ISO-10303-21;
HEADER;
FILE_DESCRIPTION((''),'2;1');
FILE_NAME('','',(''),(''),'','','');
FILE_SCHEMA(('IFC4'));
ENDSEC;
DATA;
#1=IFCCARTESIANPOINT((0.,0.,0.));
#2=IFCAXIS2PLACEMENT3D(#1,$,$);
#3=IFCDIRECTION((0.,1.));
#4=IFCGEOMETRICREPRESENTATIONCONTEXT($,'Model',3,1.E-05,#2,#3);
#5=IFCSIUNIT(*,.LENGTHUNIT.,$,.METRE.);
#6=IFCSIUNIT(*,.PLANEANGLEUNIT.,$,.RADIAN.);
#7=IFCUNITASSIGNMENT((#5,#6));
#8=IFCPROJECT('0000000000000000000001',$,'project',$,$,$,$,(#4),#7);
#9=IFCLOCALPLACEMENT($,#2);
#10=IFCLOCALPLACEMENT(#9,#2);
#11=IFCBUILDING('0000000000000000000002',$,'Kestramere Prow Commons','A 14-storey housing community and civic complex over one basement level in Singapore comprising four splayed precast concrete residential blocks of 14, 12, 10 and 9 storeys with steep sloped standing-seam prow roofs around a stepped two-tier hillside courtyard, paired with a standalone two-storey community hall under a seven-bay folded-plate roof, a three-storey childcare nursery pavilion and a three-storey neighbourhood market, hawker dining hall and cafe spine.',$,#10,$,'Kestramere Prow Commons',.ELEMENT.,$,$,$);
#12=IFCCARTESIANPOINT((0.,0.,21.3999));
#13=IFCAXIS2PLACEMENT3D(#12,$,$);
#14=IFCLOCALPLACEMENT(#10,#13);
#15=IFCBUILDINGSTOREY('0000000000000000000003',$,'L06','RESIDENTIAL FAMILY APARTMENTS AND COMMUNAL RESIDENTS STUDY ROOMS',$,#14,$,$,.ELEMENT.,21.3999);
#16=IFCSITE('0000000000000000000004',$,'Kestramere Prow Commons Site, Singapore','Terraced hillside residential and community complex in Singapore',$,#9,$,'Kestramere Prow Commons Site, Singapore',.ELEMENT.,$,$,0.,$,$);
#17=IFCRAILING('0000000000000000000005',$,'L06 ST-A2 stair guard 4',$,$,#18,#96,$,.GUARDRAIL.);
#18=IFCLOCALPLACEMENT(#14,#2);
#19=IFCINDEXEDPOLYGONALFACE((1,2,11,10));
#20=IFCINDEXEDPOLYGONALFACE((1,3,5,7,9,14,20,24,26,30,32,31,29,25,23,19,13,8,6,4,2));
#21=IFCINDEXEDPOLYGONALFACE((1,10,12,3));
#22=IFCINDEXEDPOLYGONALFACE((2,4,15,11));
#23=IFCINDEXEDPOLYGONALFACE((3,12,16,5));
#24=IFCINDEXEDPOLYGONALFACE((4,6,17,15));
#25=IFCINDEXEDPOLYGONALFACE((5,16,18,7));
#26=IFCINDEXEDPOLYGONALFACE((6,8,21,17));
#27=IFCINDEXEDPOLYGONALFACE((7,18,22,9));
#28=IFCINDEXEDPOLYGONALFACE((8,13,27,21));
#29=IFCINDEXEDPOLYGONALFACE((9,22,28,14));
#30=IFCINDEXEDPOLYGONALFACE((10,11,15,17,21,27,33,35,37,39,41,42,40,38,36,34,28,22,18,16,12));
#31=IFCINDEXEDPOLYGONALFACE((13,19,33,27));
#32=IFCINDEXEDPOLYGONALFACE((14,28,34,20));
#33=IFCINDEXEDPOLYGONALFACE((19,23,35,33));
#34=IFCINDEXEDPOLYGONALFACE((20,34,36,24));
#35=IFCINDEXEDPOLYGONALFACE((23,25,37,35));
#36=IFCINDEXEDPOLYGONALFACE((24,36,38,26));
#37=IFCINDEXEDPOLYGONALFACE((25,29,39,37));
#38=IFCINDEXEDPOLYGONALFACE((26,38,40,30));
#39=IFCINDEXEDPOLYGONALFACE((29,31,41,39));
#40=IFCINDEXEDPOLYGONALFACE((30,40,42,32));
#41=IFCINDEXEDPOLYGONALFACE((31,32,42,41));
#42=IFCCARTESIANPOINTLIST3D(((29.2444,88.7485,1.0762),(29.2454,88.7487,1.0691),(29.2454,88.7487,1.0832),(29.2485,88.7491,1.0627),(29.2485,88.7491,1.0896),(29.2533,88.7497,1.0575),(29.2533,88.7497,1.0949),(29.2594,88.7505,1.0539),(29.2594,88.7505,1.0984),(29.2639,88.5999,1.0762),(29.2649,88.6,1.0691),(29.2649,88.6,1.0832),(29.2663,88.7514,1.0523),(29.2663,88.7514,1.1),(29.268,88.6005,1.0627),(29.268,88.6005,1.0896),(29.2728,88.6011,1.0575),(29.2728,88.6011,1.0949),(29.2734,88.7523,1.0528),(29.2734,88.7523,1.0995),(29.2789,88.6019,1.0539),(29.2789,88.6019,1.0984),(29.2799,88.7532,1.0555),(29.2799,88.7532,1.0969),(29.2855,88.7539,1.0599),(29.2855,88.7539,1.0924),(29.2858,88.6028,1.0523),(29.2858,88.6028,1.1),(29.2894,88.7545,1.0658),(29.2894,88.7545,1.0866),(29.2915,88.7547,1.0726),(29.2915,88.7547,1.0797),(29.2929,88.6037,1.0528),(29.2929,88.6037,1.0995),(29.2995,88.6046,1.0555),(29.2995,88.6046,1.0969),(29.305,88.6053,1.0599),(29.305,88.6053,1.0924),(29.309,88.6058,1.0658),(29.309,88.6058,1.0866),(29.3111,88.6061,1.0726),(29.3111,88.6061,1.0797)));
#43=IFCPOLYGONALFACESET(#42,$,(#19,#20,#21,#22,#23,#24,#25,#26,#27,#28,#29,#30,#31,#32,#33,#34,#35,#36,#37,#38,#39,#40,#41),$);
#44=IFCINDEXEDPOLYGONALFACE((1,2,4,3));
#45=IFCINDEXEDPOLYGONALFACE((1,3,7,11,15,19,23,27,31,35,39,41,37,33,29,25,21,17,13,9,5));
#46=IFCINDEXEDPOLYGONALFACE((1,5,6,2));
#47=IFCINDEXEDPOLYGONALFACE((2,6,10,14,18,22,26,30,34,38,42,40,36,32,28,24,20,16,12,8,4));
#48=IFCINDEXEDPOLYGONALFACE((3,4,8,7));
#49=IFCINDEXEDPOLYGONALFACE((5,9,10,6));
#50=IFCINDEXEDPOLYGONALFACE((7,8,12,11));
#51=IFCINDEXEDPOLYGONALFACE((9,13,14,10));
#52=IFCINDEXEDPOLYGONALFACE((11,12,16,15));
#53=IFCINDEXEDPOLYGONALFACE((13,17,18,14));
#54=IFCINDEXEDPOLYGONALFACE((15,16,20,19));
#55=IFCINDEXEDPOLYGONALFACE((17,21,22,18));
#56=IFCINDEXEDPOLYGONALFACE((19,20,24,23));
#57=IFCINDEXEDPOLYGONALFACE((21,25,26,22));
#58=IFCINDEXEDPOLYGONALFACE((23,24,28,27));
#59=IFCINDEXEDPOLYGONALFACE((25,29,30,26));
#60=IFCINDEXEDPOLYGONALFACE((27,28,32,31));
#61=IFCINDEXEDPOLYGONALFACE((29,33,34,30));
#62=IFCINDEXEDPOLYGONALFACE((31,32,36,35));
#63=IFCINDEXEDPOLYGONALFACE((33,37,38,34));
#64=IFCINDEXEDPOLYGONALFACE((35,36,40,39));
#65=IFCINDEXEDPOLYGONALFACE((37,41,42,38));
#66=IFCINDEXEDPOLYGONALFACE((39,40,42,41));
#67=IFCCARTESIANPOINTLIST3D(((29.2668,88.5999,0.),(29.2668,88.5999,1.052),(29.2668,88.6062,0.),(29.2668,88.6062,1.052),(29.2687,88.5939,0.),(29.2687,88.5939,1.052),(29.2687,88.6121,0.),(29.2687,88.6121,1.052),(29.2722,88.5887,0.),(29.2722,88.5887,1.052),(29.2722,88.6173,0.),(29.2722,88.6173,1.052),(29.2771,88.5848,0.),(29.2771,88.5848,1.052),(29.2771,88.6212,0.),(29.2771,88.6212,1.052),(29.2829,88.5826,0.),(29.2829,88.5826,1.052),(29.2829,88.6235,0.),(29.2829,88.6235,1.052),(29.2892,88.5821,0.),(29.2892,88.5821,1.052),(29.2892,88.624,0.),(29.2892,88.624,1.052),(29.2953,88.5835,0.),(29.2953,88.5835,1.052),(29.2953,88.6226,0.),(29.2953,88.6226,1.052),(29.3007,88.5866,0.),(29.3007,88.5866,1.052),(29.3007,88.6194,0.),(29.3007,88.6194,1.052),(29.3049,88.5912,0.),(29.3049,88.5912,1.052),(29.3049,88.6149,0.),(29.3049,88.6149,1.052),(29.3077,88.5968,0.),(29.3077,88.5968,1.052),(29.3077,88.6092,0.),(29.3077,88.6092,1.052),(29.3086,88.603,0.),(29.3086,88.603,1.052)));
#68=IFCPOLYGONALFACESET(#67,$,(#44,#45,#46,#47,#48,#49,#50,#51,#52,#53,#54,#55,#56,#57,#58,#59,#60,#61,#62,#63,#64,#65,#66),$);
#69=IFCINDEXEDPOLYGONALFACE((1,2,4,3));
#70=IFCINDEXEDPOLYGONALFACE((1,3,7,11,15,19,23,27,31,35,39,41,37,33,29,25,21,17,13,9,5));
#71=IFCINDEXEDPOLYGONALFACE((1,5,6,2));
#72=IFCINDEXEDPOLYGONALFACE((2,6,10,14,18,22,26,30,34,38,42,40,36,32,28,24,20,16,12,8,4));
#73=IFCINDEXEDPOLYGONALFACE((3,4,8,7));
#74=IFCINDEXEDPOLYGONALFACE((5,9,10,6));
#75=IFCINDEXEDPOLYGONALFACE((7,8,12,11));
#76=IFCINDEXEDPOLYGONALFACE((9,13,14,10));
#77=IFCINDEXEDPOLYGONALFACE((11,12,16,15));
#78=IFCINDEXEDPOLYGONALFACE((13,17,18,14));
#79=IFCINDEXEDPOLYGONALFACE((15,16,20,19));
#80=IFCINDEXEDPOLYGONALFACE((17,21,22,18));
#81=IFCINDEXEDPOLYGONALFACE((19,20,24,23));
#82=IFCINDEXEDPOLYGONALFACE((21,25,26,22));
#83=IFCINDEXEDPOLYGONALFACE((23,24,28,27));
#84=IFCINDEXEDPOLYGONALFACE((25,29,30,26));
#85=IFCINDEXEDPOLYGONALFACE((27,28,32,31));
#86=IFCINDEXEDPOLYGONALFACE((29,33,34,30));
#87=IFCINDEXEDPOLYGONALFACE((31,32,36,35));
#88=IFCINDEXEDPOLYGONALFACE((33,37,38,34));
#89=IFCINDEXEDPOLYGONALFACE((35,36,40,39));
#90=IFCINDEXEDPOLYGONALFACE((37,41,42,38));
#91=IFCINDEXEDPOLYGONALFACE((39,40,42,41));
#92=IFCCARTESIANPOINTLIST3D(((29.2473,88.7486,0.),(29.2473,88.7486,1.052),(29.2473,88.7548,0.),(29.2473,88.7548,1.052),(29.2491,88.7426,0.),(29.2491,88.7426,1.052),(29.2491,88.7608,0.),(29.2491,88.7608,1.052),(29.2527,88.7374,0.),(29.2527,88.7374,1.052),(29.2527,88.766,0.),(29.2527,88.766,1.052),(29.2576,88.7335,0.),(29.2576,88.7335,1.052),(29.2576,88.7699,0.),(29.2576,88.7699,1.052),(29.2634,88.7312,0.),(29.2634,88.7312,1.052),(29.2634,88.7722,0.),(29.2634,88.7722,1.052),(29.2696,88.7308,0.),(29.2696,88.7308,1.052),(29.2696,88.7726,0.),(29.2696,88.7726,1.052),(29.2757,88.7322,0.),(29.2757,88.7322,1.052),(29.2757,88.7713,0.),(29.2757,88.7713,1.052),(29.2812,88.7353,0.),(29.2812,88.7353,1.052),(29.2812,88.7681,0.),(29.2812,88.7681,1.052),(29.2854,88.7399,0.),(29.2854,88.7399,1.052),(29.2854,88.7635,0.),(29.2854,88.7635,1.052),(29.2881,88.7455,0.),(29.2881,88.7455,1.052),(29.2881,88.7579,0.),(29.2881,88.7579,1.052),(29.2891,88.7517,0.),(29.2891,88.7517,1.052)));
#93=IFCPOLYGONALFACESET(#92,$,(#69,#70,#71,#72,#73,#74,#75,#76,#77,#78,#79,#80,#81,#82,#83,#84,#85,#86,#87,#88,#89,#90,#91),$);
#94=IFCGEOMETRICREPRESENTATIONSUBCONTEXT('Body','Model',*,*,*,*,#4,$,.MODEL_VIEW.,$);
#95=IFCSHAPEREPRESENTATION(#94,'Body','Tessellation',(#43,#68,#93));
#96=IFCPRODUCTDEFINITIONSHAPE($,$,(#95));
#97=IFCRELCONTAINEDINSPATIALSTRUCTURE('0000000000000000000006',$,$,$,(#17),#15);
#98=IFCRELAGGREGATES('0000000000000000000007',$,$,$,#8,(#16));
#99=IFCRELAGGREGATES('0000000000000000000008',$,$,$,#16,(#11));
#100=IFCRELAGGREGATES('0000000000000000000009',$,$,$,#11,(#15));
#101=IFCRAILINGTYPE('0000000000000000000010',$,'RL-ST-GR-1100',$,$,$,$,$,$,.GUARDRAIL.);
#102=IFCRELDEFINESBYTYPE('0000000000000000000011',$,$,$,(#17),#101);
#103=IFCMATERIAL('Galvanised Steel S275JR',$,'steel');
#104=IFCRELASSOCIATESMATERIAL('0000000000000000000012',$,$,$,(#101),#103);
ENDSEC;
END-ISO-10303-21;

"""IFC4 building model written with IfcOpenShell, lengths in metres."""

from ifc_helpers import new_model, si_unit, direction, frame, origin, origin_2d, place, context, subcontext, project, spatial, circle, extrude, material, type_object, element, save


model = new_model("IFC4")

# Units and contexts
model_context = context("Model", 3, precision=1e-05, world=origin(), true_north=direction((0.0, 1.0)))
body_context = subcontext(model_context, "Body", "Model", "MODEL_VIEW")
ifc_project = project(units=[si_unit("LENGTHUNIT", "METRE"), si_unit("PLANEANGLEUNIT", "RADIAN")], contexts=[model_context])

# Site, building, storey
site_placement = place(None, origin())
site = spatial("IfcSite", under=ifc_project, at=site_placement, Name="Kestramere Prow Commons Site, Singapore", Description="Terraced hillside residential and community complex in Singapore", LongName="Kestramere Prow Commons Site, Singapore", CompositionType="ELEMENT", RefElevation=0.0)
building_placement = place(site_placement, origin())
building = spatial("IfcBuilding", under=site, at=building_placement, Name="Kestramere Prow Commons", Description="A 14-storey housing community and civic complex over one basement level in Singapore comprising four splayed precast concrete residential blocks of 14, 12, 10 and 9 storeys with steep sloped standing-seam prow roofs around a stepped two-tier hillside courtyard, paired with a standalone two-storey community hall under a seven-bay folded-plate roof, a three-storey childcare nursery pavilion and a three-storey neighbourhood market, hawker dining hall and cafe spine.", LongName="Kestramere Prow Commons", CompositionType="ELEMENT")
storey_placement = place(building_placement, frame((0.0, 0.0, 21.3999)))
storey = spatial("IfcBuildingStorey", under=building, at=storey_placement, Name="L06", Description="RESIDENTIAL FAMILY APARTMENTS AND COMMUNAL RESIDENTS STUDY ROOMS", CompositionType="ELEMENT", Elevation=21.3999)

# Railing
ifc_material_1 = material(Name="Galvanised Steel S275JR", Category="steel")
railing_type_1 = type_object("IfcRailingType", Name="RL-ST-GR-1100", PredefinedType="GUARDRAIL", material=ifc_material_1)
railing_1_placement = place(storey_placement, frame((29.2876, 88.603, 0.0)))
element("IfcRailing", 1, at=railing_1_placement, inside=storey, type_object=railing_type_1, Name="L06 ST-A2 stair guard 4", PredefinedType="GUARDRAIL", context=body_context, shape_type="SweptSolid", body=[
    extrude(circle(Radius=0.0239, at=origin_2d()), frame((0.0, 0.0, 1.0762), z_axis=(-0.130244, 0.991482, 0.0), x_axis=(-0.991482, -0.130244, 0.0)), (0.0, 0.0, 1.0), 0.1499),
    extrude(circle(Radius=0.021, at=origin_2d()), origin(), (0.0, 0.0, 1.0), 1.052),
    extrude(circle(Radius=0.021, at=origin_2d()), frame((-0.0195, 0.1487, 0.0)), (0.0, 0.0, 1.0), 1.052),
])

save(model, "model.ifc")
